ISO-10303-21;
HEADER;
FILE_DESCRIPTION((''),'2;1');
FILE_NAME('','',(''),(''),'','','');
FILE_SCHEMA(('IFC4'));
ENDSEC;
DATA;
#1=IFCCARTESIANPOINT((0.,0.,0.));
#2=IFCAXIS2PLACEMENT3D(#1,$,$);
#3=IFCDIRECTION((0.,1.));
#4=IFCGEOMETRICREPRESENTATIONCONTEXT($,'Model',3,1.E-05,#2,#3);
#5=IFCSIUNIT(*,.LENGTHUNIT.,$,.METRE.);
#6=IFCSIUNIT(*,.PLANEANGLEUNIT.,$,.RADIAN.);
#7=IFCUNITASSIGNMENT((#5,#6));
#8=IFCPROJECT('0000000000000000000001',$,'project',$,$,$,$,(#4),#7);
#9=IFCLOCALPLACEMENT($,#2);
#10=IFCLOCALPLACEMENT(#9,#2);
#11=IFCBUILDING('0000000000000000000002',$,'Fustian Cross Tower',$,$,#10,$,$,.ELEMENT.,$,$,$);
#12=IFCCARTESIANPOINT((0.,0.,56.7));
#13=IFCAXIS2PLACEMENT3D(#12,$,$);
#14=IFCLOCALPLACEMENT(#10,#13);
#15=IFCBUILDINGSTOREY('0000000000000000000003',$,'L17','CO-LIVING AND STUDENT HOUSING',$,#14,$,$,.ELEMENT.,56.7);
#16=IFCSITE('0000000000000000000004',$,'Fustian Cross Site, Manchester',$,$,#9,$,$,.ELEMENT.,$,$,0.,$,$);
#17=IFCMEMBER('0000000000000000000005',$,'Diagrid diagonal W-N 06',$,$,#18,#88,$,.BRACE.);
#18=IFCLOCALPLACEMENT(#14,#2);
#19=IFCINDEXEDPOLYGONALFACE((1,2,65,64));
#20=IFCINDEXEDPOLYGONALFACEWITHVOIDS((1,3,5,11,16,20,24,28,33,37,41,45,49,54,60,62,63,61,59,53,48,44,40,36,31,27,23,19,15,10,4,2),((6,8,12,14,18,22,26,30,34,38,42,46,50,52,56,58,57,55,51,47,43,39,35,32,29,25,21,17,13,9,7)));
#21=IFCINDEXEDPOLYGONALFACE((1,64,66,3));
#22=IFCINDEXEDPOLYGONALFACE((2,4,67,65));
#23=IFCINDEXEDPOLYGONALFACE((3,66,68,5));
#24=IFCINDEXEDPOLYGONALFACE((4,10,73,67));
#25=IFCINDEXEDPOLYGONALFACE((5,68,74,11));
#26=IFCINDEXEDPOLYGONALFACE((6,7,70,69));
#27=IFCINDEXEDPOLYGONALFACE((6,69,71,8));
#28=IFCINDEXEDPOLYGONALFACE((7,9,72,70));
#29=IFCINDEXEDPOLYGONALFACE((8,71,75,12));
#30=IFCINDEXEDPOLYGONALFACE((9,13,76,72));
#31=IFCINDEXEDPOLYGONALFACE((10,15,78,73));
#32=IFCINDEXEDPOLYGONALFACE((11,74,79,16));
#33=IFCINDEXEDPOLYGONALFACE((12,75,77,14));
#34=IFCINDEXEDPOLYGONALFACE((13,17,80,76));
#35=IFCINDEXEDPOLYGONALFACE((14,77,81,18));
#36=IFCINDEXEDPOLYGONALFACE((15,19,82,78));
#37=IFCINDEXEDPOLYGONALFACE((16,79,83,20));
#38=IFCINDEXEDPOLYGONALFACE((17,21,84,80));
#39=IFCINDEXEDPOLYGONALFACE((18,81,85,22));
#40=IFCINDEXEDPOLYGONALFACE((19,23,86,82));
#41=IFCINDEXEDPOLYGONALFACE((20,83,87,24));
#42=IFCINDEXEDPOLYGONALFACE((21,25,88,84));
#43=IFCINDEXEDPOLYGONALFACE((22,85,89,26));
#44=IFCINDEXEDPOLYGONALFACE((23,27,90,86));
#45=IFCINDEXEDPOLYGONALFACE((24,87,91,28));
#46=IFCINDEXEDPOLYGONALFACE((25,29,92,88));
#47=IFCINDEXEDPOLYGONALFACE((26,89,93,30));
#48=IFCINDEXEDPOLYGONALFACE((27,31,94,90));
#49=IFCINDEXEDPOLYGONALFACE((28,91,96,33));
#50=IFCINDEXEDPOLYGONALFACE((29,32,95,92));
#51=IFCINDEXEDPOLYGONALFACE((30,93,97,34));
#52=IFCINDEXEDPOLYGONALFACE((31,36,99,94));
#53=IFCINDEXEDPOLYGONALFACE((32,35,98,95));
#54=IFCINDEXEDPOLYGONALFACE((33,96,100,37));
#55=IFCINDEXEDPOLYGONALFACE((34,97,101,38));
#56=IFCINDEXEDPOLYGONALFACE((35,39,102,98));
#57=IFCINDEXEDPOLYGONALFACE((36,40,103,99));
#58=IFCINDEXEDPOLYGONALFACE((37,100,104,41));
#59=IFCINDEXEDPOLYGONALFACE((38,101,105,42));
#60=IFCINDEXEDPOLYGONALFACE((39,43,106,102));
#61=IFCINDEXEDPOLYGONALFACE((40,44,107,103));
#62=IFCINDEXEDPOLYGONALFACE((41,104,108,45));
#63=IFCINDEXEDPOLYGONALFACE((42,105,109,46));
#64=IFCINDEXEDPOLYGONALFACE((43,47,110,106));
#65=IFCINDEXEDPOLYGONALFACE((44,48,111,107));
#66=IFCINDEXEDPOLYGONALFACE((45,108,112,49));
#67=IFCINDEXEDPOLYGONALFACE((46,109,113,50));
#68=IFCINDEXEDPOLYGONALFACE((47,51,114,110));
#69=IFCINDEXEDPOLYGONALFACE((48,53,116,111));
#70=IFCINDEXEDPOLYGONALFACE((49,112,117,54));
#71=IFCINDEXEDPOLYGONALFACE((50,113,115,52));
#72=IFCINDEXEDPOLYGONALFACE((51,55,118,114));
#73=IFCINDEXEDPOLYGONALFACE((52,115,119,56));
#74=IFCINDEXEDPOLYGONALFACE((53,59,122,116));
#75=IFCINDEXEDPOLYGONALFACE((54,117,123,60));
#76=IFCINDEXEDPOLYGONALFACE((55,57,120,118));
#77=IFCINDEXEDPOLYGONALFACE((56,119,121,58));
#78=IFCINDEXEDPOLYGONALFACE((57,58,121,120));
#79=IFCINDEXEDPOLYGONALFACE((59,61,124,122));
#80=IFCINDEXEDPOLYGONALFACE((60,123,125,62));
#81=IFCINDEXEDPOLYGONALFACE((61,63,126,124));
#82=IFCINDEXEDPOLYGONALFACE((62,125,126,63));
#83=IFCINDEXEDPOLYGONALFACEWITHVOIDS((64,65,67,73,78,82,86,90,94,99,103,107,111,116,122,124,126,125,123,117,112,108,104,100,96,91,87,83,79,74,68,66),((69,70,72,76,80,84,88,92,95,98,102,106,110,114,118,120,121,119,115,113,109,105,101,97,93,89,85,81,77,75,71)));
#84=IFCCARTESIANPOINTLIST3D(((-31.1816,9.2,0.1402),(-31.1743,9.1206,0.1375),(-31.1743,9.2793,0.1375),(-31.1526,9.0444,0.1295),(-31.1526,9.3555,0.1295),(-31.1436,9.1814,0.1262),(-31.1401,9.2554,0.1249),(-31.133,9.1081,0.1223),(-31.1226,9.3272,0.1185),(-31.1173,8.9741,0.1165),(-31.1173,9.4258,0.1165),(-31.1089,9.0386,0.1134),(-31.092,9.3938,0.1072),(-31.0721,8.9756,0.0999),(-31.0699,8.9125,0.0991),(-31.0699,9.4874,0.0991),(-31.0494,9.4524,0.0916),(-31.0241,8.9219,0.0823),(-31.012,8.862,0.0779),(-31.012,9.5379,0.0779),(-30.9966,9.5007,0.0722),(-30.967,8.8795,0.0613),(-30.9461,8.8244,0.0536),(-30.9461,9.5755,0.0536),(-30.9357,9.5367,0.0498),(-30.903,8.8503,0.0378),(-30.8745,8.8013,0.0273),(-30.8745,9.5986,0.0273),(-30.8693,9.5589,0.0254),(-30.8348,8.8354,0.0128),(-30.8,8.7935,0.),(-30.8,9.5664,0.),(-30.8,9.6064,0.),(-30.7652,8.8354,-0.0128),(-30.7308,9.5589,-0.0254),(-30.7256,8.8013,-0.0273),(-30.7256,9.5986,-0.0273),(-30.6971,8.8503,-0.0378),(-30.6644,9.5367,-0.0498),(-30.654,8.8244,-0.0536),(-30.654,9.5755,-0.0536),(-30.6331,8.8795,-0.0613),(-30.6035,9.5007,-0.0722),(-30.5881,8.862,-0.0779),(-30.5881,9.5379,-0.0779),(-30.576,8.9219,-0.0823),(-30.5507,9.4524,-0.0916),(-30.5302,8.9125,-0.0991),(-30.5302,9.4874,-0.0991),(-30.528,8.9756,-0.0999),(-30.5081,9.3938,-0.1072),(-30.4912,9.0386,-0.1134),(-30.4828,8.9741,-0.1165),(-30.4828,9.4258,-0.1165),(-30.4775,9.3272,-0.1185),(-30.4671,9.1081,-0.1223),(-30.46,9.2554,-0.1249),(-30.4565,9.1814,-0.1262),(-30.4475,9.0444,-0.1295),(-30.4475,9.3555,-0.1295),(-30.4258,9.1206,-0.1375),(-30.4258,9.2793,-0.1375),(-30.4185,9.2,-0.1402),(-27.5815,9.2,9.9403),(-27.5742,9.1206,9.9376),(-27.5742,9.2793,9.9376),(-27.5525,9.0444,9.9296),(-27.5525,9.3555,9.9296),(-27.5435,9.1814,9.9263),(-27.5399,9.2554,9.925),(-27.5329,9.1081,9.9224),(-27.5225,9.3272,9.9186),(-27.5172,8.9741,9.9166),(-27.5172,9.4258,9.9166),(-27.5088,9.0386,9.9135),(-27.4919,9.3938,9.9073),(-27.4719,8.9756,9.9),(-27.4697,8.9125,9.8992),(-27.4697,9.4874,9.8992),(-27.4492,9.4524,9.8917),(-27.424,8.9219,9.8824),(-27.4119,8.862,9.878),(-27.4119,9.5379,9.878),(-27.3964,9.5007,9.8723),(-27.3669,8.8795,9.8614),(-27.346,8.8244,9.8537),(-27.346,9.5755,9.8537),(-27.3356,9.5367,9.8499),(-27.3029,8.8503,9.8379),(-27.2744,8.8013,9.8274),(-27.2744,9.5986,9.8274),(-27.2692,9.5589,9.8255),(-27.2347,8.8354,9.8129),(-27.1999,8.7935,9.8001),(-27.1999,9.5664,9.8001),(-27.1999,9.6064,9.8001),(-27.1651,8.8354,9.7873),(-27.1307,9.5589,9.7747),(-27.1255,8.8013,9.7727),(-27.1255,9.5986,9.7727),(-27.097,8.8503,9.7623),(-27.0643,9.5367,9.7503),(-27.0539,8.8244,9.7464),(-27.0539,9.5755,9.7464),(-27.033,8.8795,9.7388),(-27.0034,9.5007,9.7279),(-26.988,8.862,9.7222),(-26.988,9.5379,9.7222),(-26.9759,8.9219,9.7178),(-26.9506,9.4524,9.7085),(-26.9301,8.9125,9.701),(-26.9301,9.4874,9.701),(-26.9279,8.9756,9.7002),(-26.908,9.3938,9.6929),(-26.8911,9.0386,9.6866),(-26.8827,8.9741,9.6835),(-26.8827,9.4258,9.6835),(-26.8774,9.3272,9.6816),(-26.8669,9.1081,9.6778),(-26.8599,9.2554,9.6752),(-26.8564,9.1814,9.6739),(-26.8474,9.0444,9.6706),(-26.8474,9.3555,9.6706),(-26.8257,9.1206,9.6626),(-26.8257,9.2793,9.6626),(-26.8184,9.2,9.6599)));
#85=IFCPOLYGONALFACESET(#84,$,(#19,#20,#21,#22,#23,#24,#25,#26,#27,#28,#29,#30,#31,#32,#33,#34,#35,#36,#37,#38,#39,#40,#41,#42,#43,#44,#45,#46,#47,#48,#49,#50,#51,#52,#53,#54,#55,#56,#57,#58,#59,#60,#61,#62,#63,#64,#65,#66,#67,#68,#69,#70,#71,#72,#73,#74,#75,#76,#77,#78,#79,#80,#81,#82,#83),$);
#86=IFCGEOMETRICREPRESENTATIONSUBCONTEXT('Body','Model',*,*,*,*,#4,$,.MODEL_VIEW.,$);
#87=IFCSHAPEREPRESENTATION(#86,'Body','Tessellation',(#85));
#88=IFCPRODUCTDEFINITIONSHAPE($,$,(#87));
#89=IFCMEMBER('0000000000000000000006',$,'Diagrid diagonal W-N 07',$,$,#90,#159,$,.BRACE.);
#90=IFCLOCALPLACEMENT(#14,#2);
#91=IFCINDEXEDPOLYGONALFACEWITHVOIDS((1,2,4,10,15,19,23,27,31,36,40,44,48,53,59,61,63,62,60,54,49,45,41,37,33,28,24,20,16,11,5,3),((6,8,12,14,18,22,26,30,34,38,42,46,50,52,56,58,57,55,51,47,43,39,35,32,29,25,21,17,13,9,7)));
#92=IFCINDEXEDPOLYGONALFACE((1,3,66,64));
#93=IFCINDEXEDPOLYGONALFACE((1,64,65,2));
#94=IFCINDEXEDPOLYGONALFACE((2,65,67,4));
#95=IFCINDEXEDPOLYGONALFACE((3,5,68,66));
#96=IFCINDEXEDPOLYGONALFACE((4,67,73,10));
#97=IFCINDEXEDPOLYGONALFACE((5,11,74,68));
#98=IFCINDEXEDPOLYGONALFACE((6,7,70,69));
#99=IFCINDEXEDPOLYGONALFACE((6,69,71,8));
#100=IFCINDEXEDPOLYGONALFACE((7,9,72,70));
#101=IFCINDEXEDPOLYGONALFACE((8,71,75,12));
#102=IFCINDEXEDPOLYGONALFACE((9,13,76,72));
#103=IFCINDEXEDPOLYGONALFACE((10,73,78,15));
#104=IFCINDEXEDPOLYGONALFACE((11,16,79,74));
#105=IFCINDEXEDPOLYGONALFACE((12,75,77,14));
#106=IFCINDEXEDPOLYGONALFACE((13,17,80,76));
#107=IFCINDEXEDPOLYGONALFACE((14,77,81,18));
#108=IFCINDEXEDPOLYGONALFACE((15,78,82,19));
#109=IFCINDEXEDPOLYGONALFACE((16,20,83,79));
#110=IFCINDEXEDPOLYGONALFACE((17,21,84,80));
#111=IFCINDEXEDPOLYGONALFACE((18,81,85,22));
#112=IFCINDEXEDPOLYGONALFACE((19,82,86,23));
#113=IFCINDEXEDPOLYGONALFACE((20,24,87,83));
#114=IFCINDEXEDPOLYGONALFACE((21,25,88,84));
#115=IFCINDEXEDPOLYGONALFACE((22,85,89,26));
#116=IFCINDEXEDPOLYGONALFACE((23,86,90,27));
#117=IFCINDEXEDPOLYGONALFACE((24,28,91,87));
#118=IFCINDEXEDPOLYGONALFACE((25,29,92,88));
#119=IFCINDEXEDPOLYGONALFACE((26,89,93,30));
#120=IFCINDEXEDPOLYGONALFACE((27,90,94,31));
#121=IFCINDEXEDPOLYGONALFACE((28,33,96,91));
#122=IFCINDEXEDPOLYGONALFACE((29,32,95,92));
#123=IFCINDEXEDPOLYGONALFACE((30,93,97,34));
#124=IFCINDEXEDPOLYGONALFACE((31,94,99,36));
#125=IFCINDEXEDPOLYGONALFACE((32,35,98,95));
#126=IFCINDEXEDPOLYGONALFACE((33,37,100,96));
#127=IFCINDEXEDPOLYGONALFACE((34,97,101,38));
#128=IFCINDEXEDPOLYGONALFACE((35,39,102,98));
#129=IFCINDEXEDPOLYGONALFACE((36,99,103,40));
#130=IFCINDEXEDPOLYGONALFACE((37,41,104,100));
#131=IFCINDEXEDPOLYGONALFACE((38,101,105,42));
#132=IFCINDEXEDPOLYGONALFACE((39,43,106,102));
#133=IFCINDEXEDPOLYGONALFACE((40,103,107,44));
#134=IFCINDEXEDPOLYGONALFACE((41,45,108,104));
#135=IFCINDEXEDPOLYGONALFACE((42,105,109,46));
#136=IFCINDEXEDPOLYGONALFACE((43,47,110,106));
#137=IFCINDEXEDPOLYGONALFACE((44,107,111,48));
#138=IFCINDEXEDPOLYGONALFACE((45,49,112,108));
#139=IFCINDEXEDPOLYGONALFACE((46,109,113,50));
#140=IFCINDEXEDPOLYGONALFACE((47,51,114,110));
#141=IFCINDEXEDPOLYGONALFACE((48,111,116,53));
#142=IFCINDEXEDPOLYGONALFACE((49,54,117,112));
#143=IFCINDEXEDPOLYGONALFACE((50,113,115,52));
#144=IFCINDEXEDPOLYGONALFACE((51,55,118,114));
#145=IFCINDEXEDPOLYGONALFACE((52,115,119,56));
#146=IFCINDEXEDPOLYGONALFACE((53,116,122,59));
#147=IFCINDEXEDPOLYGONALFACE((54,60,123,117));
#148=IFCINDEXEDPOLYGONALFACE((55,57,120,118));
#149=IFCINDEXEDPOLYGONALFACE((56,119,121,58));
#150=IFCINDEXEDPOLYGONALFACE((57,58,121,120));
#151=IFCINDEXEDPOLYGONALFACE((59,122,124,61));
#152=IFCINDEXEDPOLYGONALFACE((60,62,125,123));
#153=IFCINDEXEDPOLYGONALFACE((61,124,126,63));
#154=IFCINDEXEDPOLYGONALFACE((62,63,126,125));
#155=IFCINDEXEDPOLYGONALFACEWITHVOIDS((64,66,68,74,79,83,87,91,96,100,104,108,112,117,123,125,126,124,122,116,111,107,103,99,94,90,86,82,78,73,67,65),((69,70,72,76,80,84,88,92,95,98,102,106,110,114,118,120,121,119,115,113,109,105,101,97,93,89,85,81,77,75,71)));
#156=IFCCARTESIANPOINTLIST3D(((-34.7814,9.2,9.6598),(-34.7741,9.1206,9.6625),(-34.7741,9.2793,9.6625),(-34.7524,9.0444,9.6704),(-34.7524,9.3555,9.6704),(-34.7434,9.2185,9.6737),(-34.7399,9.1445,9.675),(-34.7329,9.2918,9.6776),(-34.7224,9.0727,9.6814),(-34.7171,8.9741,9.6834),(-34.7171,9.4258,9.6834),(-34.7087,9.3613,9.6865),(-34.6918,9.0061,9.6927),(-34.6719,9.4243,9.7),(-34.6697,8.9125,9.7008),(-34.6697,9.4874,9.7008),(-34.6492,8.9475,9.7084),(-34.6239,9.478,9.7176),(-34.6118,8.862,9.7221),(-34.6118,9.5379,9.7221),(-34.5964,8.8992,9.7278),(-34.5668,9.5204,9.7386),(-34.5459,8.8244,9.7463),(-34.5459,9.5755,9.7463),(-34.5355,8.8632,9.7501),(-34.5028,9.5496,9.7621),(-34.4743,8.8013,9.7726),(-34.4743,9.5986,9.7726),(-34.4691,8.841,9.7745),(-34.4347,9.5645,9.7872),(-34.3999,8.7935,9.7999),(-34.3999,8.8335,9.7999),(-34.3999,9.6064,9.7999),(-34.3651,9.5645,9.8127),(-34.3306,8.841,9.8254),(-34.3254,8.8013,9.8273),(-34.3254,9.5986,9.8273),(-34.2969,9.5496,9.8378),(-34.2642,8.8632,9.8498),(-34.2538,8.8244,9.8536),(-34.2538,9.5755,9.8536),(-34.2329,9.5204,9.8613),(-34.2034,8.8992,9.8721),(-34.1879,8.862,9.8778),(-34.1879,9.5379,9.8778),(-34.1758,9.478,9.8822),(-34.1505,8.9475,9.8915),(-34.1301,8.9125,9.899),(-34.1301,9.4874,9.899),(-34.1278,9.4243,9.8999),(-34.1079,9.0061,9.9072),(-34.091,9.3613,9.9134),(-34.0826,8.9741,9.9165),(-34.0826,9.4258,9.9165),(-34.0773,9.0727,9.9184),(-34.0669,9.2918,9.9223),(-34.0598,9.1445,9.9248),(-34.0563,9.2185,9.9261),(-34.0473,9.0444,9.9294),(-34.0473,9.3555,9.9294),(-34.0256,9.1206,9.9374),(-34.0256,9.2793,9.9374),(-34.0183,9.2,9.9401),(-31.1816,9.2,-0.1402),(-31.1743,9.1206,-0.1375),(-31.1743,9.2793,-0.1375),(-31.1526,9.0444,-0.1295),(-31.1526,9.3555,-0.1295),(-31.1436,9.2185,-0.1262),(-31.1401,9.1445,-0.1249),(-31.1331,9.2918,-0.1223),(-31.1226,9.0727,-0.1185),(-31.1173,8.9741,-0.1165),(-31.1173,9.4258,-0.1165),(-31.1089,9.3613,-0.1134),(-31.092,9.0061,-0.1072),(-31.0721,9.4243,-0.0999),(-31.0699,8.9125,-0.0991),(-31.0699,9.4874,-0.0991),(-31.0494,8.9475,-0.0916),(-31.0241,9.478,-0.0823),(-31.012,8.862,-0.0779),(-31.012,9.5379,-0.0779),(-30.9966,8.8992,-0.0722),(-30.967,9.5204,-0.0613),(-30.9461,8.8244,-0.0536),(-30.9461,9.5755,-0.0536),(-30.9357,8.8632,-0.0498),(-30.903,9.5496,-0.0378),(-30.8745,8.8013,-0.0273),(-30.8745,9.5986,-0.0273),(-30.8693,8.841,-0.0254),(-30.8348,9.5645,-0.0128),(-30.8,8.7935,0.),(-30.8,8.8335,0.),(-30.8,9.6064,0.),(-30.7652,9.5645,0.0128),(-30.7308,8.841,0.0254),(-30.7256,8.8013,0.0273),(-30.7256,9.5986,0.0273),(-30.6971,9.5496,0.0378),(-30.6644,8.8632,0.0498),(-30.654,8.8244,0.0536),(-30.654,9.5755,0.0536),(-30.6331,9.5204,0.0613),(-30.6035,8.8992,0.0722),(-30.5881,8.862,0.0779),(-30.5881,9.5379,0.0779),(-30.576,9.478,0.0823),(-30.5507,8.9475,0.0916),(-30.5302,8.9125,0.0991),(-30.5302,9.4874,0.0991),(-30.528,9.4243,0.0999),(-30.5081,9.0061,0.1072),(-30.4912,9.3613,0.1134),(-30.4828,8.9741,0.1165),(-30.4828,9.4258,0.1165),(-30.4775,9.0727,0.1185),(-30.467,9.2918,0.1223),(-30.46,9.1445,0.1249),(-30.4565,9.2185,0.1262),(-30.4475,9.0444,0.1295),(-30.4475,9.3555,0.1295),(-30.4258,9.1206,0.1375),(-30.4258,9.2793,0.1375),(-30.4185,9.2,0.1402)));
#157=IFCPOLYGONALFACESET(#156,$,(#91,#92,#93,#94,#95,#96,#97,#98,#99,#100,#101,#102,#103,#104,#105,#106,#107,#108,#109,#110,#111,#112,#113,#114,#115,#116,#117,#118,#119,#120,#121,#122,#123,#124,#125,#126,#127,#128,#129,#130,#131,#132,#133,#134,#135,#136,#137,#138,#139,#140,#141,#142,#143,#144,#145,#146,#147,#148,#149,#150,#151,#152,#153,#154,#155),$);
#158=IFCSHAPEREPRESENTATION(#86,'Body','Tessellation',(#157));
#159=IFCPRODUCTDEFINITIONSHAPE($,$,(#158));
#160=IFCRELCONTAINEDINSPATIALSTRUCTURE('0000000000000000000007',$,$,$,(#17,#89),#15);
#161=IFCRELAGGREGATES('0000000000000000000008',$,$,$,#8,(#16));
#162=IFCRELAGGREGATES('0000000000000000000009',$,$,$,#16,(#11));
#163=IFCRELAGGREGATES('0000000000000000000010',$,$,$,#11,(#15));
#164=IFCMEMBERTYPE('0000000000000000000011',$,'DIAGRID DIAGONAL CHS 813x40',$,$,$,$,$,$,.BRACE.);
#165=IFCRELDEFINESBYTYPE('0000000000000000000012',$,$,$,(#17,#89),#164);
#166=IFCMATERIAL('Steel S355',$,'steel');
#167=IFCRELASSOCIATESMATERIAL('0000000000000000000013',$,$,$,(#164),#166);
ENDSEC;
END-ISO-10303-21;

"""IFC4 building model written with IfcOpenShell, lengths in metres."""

from ifc_helpers import new_model, si_unit, direction, frame, origin, origin_2d, place, context, subcontext, project, spatial, hollow_circle, extrude, material, material_profile, profile_set, type_object, element, save


model = new_model("IFC4")

# Units and contexts
model_context = context("Model", 3, precision=1e-05, world=origin(), true_north=direction((0.0, 1.0)))
body_context = subcontext(model_context, "Body", "Model", "MODEL_VIEW")
ifc_project = project(units=[si_unit("LENGTHUNIT", "METRE"), si_unit("PLANEANGLEUNIT", "RADIAN")], contexts=[model_context])

# Site, building, storey
site_placement = place(None, origin())
site = spatial("IfcSite", under=ifc_project, at=site_placement, Name="Fustian Cross Site, Manchester", CompositionType="ELEMENT", RefElevation=0.0)
building_placement = place(site_placement, origin())
building = spatial("IfcBuilding", under=site, at=building_placement, Name="Fustian Cross Tower", CompositionType="ELEMENT")
storey_placement = place(building_placement, frame((0.0, 0.0, 56.7)))
storey = spatial("IfcBuildingStorey", under=building, at=storey_placement, Name="L17", Description="CO-LIVING AND STUDENT HOUSING", CompositionType="ELEMENT", Elevation=56.7)

# Members
ifc_material_1 = material(Name="Steel S355", Category="steel")
ifc_material_profile_1 = material_profile(ifc_material_1, hollow_circle(Radius=0.4065, WallThickness=0.04, at=origin_2d()), Name="CHS 813x40")
ifc_profile_set_1 = profile_set([ifc_material_profile_1], Name="Steel S355")
member_type_1 = type_object("IfcMemberType", Name="DIAGRID DIAGONAL CHS 813x40", PredefinedType="BRACE", material=ifc_profile_set_1)
member_1_placement = place(storey_placement, frame((-30.8, 9.2, 0.0), z_axis=(0.344824, 0.0, 0.938667), x_axis=(0.0, 1.0, 0.0)))
element("IfcMember", 1, at=member_1_placement, inside=storey, type_object=member_type_1, Name="Diagrid diagonal W-N 06", PredefinedType="BRACE", context=body_context, shape_type="SweptSolid", body=[
    extrude(hollow_circle(Radius=0.4065, WallThickness=0.04, at=origin_2d()), origin(), (0.0, 0.0, 1.0), 10.4404),
])
member_2_placement = place(storey_placement, frame((-30.8, 9.2, 0.0), z_axis=(-0.344804, 0.0, 0.938675), x_axis=(0.0, -1.0, 0.0)))
element("IfcMember", 2, at=member_2_placement, inside=storey, type_object=member_type_1, Name="Diagrid diagonal W-N 07", PredefinedType="BRACE", context=body_context, shape_type="SweptSolid", body=[
    extrude(hollow_circle(Radius=0.4065, WallThickness=0.04, at=origin_2d()), origin(), (0.0, 0.0, 1.0), 10.4402),
])

save(model, "model.ifc")
